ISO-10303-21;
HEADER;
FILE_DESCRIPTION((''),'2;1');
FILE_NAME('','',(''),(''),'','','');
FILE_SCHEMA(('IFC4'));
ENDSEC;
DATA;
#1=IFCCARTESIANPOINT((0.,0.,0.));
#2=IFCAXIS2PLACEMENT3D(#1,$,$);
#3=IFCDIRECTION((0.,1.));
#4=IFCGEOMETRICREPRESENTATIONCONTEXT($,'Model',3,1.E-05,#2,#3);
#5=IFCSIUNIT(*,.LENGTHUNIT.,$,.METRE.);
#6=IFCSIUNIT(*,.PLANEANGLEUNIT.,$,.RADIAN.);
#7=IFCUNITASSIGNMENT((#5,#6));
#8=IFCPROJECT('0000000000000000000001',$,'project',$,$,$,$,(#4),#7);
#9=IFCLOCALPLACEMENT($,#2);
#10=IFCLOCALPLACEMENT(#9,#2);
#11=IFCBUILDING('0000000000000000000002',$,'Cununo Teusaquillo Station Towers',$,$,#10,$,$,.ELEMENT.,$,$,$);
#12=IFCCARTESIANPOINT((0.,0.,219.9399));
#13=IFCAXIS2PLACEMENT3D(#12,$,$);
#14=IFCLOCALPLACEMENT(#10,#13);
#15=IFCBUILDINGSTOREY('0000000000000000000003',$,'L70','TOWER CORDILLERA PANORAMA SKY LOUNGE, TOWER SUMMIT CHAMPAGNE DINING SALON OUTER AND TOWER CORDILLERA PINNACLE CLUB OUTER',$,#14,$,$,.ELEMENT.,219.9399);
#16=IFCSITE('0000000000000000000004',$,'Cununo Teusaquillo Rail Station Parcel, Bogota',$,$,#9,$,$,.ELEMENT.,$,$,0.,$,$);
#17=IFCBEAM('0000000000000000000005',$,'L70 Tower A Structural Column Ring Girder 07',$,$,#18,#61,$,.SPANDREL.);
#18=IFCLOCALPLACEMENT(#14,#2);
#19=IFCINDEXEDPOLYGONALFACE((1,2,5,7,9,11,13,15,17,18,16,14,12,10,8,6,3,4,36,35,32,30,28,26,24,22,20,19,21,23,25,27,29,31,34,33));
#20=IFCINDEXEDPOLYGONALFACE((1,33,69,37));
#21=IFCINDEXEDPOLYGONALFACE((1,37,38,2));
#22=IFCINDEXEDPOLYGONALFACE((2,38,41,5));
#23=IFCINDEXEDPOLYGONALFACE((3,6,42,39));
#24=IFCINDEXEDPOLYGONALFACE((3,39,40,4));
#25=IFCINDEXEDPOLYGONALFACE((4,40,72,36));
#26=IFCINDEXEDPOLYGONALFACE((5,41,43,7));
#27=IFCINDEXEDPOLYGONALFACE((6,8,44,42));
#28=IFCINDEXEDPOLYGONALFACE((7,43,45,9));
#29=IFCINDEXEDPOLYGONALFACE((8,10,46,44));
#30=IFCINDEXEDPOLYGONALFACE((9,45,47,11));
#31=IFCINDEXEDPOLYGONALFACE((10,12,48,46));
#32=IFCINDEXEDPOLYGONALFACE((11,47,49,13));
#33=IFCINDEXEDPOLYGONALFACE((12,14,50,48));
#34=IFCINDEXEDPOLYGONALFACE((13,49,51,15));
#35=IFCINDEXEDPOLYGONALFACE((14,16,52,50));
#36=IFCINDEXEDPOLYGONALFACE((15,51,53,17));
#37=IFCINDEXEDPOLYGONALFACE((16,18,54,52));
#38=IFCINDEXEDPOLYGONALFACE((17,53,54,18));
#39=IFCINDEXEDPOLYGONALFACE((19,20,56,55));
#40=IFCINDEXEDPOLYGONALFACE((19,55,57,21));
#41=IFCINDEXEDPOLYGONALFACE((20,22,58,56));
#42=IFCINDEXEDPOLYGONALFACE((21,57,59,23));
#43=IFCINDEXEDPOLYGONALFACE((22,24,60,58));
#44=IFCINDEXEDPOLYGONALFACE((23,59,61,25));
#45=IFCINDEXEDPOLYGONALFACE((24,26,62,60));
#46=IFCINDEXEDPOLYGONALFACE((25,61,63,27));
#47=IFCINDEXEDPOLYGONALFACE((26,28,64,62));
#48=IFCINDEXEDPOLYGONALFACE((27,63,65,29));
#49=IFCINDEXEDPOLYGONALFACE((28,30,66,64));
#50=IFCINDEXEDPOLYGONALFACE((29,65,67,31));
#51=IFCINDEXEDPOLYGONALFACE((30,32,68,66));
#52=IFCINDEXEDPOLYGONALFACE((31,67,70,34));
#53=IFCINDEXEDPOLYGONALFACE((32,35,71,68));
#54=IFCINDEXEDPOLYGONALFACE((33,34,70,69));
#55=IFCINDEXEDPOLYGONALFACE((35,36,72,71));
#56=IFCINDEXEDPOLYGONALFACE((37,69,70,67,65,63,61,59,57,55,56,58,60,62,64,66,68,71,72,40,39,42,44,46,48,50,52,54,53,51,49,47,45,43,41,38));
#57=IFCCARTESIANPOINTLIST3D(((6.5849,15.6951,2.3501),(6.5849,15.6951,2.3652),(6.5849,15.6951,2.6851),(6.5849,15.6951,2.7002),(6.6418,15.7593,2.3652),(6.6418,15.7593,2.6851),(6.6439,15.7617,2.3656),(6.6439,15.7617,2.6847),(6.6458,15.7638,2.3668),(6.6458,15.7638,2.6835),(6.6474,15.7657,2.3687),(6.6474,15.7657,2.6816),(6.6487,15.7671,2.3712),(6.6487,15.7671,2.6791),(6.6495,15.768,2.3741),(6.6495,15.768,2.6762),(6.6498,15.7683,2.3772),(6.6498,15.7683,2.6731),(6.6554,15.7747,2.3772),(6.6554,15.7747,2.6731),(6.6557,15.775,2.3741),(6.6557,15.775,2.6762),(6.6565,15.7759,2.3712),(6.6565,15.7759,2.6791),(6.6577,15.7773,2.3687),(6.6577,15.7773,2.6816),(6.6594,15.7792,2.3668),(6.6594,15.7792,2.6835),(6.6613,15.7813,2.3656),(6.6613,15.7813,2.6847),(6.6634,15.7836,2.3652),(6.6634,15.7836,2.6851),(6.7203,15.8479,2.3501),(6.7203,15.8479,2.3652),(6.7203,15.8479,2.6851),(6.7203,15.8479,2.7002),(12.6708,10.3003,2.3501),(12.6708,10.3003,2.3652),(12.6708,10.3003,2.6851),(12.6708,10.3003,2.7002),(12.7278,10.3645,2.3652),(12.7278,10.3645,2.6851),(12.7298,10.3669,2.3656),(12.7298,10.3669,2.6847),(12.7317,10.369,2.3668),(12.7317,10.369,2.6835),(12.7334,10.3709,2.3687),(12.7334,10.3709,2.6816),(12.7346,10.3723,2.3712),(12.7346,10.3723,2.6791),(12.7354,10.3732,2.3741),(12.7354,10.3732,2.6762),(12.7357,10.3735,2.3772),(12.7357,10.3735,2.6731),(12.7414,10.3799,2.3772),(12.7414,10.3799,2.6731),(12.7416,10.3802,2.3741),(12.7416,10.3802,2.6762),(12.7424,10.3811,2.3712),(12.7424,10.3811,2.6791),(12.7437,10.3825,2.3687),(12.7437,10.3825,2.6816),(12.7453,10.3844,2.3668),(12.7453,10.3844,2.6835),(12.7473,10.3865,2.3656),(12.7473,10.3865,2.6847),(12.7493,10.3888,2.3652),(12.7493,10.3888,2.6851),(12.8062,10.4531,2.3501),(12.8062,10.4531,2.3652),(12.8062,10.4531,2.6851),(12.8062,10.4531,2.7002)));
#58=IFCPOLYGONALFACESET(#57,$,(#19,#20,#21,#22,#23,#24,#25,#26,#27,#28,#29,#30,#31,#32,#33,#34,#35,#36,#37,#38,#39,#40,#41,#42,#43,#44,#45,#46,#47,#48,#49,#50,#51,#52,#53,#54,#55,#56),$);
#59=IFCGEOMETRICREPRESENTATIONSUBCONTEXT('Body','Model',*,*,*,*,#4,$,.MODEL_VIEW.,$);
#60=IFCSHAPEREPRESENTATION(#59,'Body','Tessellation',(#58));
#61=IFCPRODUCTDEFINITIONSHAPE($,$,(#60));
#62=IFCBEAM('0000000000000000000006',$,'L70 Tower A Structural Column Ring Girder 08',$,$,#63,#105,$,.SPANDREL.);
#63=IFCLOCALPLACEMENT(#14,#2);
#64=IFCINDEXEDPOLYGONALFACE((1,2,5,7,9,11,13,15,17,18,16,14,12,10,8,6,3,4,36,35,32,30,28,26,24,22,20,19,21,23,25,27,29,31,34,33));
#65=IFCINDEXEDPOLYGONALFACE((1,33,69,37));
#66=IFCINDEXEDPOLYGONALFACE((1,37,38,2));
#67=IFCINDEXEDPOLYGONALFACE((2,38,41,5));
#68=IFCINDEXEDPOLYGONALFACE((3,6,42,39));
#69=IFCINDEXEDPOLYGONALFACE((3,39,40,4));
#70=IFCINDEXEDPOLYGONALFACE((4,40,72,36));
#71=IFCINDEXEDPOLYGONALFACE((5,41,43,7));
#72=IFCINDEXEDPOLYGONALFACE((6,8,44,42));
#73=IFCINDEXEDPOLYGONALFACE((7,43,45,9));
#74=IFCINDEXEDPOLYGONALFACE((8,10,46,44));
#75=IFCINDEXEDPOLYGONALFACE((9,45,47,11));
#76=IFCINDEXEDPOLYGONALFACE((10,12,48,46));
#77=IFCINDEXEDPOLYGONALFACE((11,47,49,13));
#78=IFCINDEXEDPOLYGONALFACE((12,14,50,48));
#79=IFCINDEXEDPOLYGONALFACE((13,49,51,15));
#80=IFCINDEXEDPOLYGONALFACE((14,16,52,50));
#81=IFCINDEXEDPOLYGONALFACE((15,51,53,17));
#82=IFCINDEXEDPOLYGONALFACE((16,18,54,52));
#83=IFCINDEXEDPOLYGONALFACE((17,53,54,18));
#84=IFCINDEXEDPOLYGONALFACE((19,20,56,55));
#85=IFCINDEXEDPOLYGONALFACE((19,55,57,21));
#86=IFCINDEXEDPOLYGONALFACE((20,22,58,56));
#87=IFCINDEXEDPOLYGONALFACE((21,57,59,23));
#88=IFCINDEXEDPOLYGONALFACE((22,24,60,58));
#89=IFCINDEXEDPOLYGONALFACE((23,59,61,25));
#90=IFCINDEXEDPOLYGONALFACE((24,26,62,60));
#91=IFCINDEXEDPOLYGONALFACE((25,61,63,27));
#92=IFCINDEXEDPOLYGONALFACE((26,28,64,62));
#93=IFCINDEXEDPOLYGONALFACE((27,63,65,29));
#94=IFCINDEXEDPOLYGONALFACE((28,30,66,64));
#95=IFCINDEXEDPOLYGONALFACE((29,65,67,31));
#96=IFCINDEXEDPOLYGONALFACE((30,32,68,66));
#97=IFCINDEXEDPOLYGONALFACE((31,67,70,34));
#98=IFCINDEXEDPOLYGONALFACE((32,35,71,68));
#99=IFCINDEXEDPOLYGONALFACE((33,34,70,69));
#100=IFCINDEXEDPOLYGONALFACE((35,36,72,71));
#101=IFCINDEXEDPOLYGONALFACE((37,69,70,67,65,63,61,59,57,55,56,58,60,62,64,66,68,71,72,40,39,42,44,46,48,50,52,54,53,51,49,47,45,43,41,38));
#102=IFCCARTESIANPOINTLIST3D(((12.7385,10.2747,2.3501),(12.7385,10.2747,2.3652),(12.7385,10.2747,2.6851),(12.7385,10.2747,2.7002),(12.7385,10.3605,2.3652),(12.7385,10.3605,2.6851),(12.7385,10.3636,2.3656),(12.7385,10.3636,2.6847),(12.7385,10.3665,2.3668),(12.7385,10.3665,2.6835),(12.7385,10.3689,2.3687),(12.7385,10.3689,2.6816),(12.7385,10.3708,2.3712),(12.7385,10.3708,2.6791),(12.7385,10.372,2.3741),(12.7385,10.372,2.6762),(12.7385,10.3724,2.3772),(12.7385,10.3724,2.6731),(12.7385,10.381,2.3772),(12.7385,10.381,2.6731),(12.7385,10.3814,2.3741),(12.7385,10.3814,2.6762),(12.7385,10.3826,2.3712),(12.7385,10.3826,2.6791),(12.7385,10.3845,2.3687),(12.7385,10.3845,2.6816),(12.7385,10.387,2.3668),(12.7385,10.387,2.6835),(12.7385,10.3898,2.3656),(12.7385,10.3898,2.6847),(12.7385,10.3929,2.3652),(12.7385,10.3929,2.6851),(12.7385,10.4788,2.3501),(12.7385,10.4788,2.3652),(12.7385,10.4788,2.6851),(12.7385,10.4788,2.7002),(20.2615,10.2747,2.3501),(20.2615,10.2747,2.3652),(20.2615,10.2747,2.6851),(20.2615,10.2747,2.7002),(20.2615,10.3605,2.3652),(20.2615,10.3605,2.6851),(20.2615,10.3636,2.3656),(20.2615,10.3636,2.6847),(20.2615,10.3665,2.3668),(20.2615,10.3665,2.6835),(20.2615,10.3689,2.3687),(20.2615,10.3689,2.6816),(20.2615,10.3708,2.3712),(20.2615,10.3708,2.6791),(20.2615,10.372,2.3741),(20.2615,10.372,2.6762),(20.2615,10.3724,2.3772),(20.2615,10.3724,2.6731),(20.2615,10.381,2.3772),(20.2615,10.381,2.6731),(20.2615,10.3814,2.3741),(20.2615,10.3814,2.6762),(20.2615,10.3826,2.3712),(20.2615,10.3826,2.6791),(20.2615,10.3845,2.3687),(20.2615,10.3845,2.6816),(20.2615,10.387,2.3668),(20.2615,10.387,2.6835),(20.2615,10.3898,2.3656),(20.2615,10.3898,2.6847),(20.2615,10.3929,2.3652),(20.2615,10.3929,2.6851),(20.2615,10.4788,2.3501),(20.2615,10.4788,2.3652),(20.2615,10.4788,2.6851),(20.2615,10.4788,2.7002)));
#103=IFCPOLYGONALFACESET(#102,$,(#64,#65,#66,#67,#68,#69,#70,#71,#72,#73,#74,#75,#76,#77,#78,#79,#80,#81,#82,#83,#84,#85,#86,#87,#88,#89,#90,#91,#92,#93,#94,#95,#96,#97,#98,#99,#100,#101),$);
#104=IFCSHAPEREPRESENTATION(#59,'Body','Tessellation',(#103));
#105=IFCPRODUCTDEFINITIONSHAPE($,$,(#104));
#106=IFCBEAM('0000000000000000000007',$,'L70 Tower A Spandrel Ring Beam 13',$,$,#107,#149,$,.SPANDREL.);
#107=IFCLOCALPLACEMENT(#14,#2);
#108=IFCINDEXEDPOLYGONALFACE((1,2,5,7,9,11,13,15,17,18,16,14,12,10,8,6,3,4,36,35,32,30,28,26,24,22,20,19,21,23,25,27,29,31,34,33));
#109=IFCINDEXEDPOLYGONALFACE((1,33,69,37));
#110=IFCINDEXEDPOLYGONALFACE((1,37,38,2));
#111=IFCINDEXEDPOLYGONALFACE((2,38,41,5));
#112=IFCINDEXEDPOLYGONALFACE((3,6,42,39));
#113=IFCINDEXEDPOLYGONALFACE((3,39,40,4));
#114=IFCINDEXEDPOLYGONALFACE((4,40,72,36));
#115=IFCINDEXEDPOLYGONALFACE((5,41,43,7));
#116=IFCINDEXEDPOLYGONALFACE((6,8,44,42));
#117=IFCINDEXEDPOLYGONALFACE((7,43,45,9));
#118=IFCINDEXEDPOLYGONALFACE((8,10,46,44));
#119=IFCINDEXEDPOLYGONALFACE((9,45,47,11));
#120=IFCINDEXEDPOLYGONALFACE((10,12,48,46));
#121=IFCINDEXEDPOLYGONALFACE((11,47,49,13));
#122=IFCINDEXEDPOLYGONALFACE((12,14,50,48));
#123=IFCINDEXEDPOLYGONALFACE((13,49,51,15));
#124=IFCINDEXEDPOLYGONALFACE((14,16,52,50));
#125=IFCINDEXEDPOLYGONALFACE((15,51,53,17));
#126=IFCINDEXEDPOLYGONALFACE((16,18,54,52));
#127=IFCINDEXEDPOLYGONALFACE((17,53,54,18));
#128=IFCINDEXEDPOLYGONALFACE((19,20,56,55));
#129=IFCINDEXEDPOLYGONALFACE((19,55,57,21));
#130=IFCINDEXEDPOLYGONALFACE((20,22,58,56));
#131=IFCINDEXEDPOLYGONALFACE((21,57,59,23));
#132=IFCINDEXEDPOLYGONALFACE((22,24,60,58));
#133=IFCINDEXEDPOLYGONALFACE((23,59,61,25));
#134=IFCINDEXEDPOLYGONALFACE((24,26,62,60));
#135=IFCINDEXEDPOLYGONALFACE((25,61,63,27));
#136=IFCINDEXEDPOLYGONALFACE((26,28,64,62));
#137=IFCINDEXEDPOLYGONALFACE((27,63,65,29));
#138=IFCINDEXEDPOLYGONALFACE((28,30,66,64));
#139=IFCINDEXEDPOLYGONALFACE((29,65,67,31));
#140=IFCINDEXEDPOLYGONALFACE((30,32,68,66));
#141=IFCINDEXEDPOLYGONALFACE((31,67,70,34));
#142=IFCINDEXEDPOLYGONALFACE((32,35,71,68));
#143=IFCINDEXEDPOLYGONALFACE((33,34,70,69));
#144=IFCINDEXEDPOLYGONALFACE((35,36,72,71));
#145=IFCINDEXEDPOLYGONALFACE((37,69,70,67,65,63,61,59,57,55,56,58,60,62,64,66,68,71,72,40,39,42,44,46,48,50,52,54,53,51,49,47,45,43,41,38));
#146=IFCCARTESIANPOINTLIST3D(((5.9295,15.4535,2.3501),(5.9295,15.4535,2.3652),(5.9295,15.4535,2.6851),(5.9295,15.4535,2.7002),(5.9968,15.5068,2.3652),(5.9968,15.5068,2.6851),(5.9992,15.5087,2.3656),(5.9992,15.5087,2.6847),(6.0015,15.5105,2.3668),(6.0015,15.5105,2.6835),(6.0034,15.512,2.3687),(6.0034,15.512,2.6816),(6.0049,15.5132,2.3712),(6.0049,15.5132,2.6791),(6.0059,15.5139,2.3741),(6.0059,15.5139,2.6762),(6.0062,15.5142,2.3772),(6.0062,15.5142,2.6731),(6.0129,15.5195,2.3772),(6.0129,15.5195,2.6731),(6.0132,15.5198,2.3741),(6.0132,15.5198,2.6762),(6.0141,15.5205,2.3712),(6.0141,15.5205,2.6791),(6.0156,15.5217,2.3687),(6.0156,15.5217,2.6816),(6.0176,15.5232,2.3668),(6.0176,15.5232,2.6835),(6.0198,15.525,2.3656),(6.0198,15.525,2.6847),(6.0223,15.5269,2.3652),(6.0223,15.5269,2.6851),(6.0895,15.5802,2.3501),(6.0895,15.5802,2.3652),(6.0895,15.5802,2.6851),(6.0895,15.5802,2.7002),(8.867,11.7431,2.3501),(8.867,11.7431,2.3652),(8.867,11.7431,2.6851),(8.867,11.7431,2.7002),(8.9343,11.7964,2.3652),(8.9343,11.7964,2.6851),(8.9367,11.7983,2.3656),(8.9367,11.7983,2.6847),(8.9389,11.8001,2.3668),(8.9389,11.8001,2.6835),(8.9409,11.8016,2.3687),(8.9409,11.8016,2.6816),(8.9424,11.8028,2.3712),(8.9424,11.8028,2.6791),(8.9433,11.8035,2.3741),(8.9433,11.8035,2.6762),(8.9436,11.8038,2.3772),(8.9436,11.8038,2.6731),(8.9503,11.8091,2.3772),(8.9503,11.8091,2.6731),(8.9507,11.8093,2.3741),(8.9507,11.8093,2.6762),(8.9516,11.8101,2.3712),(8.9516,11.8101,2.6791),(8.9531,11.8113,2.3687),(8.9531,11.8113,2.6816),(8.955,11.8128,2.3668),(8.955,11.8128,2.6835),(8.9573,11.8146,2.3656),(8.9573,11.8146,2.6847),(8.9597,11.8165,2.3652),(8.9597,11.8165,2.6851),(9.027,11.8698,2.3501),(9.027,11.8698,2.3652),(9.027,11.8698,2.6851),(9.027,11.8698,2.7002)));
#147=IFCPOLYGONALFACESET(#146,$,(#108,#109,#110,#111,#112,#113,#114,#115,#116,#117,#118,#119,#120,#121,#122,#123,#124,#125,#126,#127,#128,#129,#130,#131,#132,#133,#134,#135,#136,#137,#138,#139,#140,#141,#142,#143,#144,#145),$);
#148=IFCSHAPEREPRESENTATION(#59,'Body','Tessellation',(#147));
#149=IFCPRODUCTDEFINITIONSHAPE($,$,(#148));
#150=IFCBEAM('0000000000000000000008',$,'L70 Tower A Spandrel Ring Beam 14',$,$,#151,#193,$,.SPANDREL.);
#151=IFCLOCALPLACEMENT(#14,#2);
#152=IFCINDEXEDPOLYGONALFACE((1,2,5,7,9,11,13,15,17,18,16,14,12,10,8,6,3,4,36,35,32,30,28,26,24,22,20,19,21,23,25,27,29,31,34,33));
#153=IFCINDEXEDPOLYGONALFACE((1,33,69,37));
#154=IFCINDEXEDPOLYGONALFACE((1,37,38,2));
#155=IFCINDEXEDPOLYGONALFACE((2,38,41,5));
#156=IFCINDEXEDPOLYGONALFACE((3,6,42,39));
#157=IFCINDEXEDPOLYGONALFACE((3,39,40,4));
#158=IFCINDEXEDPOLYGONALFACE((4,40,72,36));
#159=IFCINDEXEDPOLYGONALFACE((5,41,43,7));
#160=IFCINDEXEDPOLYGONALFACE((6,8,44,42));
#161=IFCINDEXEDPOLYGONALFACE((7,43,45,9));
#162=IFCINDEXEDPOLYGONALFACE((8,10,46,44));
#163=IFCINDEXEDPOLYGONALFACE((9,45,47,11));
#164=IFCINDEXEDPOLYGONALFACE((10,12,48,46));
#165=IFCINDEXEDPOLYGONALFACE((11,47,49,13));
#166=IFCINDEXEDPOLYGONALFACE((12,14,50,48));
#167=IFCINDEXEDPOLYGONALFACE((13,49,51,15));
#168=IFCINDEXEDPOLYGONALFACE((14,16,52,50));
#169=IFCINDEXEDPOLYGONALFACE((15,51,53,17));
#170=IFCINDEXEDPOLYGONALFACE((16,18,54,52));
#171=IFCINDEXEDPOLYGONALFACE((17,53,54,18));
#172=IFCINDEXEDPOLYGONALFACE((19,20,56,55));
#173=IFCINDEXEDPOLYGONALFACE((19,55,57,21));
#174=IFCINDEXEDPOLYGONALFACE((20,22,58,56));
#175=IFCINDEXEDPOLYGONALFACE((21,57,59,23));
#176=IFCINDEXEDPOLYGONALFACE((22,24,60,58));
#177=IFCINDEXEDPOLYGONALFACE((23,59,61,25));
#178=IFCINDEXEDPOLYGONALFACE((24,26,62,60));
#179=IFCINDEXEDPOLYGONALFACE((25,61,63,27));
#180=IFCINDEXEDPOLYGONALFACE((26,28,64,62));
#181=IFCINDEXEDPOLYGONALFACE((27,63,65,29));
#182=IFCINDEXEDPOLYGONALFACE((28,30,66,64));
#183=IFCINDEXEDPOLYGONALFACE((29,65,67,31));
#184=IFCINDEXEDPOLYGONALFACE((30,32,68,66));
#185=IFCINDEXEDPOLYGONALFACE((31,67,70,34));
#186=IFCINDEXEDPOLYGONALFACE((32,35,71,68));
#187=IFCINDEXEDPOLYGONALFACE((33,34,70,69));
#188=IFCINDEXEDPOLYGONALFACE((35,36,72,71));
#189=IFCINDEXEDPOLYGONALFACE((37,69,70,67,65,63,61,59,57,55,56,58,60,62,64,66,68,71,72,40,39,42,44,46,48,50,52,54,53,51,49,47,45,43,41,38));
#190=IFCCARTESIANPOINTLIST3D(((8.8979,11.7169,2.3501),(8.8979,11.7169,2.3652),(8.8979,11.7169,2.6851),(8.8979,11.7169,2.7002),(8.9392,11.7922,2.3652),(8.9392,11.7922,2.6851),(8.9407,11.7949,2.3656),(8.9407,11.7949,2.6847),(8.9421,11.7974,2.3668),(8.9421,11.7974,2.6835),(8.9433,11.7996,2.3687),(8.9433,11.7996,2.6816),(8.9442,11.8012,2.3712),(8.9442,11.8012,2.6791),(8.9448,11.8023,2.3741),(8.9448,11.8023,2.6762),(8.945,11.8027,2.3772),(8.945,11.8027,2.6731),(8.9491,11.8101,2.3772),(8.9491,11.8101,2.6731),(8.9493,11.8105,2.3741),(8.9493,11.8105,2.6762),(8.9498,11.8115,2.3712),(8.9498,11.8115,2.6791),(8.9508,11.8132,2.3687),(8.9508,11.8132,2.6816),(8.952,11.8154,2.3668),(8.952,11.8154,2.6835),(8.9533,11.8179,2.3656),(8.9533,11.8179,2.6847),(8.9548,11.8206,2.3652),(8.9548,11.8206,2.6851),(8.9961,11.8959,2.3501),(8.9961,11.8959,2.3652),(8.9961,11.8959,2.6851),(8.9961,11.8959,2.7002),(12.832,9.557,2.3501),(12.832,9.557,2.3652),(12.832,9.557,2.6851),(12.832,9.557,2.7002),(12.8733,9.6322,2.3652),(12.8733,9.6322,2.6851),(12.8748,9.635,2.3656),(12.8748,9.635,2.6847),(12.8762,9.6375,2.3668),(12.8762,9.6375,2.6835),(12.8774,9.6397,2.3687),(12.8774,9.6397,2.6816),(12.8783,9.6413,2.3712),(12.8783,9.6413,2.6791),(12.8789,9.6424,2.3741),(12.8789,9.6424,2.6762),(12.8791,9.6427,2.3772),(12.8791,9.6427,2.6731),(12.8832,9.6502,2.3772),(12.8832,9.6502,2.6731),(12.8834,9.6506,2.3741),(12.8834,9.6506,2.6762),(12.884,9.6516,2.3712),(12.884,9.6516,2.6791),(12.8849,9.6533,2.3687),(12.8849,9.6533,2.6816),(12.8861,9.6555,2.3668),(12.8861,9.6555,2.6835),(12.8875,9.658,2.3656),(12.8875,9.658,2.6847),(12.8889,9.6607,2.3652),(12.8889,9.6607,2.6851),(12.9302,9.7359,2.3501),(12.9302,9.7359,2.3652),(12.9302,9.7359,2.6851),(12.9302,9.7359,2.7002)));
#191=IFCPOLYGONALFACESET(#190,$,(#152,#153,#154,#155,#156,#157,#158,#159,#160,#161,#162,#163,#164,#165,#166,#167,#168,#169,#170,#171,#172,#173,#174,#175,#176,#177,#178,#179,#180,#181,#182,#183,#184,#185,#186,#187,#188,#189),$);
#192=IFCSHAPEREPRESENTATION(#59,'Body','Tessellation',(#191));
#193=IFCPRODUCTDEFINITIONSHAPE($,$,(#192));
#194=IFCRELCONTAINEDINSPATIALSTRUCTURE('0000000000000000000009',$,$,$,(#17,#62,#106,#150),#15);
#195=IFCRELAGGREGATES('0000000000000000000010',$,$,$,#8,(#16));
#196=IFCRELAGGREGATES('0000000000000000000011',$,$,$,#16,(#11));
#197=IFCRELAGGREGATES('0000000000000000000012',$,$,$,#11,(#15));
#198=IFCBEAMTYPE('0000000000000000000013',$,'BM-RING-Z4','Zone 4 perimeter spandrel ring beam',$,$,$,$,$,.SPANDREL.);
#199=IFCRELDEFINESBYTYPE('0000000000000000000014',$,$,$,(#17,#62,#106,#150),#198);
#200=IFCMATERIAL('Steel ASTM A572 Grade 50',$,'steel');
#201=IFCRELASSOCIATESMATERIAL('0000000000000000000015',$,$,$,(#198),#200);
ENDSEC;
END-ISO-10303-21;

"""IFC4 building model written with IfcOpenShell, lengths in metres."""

from ifc_helpers import new_model, si_unit, direction, frame, origin, origin_2d, place, context, subcontext, project, spatial, i_section, extrude, material, material_profile, profile_set, type_object, element, save


model = new_model("IFC4")

# Units and contexts
model_context = context("Model", 3, precision=1e-05, world=origin(), true_north=direction((0.0, 1.0)))
body_context = subcontext(model_context, "Body", "Model", "MODEL_VIEW")
ifc_project = project(units=[si_unit("LENGTHUNIT", "METRE"), si_unit("PLANEANGLEUNIT", "RADIAN")], contexts=[model_context])

# Site, building, storey
site_placement = place(None, origin())
site = spatial("IfcSite", under=ifc_project, at=site_placement, Name="Cununo Teusaquillo Rail Station Parcel, Bogota", CompositionType="ELEMENT", RefElevation=0.0)
building_placement = place(site_placement, origin())
building = spatial("IfcBuilding", under=site, at=building_placement, Name="Cununo Teusaquillo Station Towers", CompositionType="ELEMENT")
storey_placement = place(building_placement, frame((0.0, 0.0, 219.9399)))
storey = spatial("IfcBuildingStorey", under=building, at=storey_placement, Name="L70", Description="TOWER CORDILLERA PANORAMA SKY LOUNGE, TOWER SUMMIT CHAMPAGNE DINING SALON OUTER AND TOWER CORDILLERA PINNACLE CLUB OUTER", CompositionType="ELEMENT", Elevation=219.9399)

# Beams
ifc_material_1 = material(Name="Steel ASTM A572 Grade 50", Category="steel")
ifc_material_profile_1 = material_profile(ifc_material_1, i_section(OverallWidth=0.2041, OverallDepth=0.3501, WebThickness=0.0085, FlangeThickness=0.0151, FilletRadius=0.012, at=origin_2d()), Name="W14X48")
ifc_profile_set_1 = profile_set([ifc_material_profile_1], Name="Steel ASTM A572 Grade 50")
beam_type = type_object("IfcBeamType", Name="BM-RING-Z4", Description="Zone 4 perimeter spandrel ring beam", PredefinedType="SPANDREL", material=ifc_profile_set_1)
beam_1_placement = place(storey_placement, frame((6.6526, 15.7715, 2.5251), z_axis=(0.748321, -0.663337, 0.0), x_axis=(0.663337, 0.748321, 0.0)))
element("IfcBeam", 1, at=beam_1_placement, inside=storey, type_object=beam_type, Name="L70 Tower A Structural Column Ring Girder 07", PredefinedType="SPANDREL", context=body_context, shape_type="SweptSolid", body=[
    extrude(i_section(OverallWidth=0.2041, OverallDepth=0.3501, WebThickness=0.0085, FlangeThickness=0.0151, FilletRadius=0.012, at=origin_2d()), origin(), (0.0, 0.0, 1.0), 8.1328),
])
beam_2_placement = place(storey_placement, frame((12.7385, 10.3767, 2.5251), z_axis=(1.0, 0.0, 0.0), x_axis=(0.0, 1.0, 0.0)))
element("IfcBeam", 2, at=beam_2_placement, inside=storey, type_object=beam_type, Name="L70 Tower A Structural Column Ring Girder 08", PredefinedType="SPANDREL", context=body_context, shape_type="SweptSolid", body=[
    extrude(i_section(OverallWidth=0.2041, OverallDepth=0.3501, WebThickness=0.0085, FlangeThickness=0.0151, FilletRadius=0.012, at=origin_2d()), origin(), (0.0, 0.0, 1.0), 7.5229),
])
beam_3_placement = place(storey_placement, frame((6.0095, 15.5168, 2.5251), z_axis=(0.620711, -0.78404, 0.0), x_axis=(0.78404, 0.620711, 0.0)))
element("IfcBeam", 3, at=beam_3_placement, inside=storey, type_object=beam_type, Name="L70 Tower A Spandrel Ring Beam 13", PredefinedType="SPANDREL", context=body_context, shape_type="SweptSolid", body=[
    extrude(i_section(OverallWidth=0.2041, OverallDepth=0.3501, WebThickness=0.0085, FlangeThickness=0.0151, FilletRadius=0.012, at=origin_2d()), origin(), (0.0, 0.0, 1.0), 4.7324),
])
beam_4_placement = place(storey_placement, frame((8.947, 11.8064, 2.5251), z_axis=(0.876576, -0.481263, 0.0), x_axis=(0.481263, 0.876576, 0.0)))
element("IfcBeam", 4, at=beam_4_placement, inside=storey, type_object=beam_type, Name="L70 Tower A Spandrel Ring Beam 14", PredefinedType="SPANDREL", context=body_context, shape_type="SweptSolid", body=[
    extrude(i_section(OverallWidth=0.2041, OverallDepth=0.3501, WebThickness=0.0085, FlangeThickness=0.0151, FilletRadius=0.012, at=origin_2d()), origin(), (0.0, 0.0, 1.0), 4.488),
])

save(model, "model.ifc")
